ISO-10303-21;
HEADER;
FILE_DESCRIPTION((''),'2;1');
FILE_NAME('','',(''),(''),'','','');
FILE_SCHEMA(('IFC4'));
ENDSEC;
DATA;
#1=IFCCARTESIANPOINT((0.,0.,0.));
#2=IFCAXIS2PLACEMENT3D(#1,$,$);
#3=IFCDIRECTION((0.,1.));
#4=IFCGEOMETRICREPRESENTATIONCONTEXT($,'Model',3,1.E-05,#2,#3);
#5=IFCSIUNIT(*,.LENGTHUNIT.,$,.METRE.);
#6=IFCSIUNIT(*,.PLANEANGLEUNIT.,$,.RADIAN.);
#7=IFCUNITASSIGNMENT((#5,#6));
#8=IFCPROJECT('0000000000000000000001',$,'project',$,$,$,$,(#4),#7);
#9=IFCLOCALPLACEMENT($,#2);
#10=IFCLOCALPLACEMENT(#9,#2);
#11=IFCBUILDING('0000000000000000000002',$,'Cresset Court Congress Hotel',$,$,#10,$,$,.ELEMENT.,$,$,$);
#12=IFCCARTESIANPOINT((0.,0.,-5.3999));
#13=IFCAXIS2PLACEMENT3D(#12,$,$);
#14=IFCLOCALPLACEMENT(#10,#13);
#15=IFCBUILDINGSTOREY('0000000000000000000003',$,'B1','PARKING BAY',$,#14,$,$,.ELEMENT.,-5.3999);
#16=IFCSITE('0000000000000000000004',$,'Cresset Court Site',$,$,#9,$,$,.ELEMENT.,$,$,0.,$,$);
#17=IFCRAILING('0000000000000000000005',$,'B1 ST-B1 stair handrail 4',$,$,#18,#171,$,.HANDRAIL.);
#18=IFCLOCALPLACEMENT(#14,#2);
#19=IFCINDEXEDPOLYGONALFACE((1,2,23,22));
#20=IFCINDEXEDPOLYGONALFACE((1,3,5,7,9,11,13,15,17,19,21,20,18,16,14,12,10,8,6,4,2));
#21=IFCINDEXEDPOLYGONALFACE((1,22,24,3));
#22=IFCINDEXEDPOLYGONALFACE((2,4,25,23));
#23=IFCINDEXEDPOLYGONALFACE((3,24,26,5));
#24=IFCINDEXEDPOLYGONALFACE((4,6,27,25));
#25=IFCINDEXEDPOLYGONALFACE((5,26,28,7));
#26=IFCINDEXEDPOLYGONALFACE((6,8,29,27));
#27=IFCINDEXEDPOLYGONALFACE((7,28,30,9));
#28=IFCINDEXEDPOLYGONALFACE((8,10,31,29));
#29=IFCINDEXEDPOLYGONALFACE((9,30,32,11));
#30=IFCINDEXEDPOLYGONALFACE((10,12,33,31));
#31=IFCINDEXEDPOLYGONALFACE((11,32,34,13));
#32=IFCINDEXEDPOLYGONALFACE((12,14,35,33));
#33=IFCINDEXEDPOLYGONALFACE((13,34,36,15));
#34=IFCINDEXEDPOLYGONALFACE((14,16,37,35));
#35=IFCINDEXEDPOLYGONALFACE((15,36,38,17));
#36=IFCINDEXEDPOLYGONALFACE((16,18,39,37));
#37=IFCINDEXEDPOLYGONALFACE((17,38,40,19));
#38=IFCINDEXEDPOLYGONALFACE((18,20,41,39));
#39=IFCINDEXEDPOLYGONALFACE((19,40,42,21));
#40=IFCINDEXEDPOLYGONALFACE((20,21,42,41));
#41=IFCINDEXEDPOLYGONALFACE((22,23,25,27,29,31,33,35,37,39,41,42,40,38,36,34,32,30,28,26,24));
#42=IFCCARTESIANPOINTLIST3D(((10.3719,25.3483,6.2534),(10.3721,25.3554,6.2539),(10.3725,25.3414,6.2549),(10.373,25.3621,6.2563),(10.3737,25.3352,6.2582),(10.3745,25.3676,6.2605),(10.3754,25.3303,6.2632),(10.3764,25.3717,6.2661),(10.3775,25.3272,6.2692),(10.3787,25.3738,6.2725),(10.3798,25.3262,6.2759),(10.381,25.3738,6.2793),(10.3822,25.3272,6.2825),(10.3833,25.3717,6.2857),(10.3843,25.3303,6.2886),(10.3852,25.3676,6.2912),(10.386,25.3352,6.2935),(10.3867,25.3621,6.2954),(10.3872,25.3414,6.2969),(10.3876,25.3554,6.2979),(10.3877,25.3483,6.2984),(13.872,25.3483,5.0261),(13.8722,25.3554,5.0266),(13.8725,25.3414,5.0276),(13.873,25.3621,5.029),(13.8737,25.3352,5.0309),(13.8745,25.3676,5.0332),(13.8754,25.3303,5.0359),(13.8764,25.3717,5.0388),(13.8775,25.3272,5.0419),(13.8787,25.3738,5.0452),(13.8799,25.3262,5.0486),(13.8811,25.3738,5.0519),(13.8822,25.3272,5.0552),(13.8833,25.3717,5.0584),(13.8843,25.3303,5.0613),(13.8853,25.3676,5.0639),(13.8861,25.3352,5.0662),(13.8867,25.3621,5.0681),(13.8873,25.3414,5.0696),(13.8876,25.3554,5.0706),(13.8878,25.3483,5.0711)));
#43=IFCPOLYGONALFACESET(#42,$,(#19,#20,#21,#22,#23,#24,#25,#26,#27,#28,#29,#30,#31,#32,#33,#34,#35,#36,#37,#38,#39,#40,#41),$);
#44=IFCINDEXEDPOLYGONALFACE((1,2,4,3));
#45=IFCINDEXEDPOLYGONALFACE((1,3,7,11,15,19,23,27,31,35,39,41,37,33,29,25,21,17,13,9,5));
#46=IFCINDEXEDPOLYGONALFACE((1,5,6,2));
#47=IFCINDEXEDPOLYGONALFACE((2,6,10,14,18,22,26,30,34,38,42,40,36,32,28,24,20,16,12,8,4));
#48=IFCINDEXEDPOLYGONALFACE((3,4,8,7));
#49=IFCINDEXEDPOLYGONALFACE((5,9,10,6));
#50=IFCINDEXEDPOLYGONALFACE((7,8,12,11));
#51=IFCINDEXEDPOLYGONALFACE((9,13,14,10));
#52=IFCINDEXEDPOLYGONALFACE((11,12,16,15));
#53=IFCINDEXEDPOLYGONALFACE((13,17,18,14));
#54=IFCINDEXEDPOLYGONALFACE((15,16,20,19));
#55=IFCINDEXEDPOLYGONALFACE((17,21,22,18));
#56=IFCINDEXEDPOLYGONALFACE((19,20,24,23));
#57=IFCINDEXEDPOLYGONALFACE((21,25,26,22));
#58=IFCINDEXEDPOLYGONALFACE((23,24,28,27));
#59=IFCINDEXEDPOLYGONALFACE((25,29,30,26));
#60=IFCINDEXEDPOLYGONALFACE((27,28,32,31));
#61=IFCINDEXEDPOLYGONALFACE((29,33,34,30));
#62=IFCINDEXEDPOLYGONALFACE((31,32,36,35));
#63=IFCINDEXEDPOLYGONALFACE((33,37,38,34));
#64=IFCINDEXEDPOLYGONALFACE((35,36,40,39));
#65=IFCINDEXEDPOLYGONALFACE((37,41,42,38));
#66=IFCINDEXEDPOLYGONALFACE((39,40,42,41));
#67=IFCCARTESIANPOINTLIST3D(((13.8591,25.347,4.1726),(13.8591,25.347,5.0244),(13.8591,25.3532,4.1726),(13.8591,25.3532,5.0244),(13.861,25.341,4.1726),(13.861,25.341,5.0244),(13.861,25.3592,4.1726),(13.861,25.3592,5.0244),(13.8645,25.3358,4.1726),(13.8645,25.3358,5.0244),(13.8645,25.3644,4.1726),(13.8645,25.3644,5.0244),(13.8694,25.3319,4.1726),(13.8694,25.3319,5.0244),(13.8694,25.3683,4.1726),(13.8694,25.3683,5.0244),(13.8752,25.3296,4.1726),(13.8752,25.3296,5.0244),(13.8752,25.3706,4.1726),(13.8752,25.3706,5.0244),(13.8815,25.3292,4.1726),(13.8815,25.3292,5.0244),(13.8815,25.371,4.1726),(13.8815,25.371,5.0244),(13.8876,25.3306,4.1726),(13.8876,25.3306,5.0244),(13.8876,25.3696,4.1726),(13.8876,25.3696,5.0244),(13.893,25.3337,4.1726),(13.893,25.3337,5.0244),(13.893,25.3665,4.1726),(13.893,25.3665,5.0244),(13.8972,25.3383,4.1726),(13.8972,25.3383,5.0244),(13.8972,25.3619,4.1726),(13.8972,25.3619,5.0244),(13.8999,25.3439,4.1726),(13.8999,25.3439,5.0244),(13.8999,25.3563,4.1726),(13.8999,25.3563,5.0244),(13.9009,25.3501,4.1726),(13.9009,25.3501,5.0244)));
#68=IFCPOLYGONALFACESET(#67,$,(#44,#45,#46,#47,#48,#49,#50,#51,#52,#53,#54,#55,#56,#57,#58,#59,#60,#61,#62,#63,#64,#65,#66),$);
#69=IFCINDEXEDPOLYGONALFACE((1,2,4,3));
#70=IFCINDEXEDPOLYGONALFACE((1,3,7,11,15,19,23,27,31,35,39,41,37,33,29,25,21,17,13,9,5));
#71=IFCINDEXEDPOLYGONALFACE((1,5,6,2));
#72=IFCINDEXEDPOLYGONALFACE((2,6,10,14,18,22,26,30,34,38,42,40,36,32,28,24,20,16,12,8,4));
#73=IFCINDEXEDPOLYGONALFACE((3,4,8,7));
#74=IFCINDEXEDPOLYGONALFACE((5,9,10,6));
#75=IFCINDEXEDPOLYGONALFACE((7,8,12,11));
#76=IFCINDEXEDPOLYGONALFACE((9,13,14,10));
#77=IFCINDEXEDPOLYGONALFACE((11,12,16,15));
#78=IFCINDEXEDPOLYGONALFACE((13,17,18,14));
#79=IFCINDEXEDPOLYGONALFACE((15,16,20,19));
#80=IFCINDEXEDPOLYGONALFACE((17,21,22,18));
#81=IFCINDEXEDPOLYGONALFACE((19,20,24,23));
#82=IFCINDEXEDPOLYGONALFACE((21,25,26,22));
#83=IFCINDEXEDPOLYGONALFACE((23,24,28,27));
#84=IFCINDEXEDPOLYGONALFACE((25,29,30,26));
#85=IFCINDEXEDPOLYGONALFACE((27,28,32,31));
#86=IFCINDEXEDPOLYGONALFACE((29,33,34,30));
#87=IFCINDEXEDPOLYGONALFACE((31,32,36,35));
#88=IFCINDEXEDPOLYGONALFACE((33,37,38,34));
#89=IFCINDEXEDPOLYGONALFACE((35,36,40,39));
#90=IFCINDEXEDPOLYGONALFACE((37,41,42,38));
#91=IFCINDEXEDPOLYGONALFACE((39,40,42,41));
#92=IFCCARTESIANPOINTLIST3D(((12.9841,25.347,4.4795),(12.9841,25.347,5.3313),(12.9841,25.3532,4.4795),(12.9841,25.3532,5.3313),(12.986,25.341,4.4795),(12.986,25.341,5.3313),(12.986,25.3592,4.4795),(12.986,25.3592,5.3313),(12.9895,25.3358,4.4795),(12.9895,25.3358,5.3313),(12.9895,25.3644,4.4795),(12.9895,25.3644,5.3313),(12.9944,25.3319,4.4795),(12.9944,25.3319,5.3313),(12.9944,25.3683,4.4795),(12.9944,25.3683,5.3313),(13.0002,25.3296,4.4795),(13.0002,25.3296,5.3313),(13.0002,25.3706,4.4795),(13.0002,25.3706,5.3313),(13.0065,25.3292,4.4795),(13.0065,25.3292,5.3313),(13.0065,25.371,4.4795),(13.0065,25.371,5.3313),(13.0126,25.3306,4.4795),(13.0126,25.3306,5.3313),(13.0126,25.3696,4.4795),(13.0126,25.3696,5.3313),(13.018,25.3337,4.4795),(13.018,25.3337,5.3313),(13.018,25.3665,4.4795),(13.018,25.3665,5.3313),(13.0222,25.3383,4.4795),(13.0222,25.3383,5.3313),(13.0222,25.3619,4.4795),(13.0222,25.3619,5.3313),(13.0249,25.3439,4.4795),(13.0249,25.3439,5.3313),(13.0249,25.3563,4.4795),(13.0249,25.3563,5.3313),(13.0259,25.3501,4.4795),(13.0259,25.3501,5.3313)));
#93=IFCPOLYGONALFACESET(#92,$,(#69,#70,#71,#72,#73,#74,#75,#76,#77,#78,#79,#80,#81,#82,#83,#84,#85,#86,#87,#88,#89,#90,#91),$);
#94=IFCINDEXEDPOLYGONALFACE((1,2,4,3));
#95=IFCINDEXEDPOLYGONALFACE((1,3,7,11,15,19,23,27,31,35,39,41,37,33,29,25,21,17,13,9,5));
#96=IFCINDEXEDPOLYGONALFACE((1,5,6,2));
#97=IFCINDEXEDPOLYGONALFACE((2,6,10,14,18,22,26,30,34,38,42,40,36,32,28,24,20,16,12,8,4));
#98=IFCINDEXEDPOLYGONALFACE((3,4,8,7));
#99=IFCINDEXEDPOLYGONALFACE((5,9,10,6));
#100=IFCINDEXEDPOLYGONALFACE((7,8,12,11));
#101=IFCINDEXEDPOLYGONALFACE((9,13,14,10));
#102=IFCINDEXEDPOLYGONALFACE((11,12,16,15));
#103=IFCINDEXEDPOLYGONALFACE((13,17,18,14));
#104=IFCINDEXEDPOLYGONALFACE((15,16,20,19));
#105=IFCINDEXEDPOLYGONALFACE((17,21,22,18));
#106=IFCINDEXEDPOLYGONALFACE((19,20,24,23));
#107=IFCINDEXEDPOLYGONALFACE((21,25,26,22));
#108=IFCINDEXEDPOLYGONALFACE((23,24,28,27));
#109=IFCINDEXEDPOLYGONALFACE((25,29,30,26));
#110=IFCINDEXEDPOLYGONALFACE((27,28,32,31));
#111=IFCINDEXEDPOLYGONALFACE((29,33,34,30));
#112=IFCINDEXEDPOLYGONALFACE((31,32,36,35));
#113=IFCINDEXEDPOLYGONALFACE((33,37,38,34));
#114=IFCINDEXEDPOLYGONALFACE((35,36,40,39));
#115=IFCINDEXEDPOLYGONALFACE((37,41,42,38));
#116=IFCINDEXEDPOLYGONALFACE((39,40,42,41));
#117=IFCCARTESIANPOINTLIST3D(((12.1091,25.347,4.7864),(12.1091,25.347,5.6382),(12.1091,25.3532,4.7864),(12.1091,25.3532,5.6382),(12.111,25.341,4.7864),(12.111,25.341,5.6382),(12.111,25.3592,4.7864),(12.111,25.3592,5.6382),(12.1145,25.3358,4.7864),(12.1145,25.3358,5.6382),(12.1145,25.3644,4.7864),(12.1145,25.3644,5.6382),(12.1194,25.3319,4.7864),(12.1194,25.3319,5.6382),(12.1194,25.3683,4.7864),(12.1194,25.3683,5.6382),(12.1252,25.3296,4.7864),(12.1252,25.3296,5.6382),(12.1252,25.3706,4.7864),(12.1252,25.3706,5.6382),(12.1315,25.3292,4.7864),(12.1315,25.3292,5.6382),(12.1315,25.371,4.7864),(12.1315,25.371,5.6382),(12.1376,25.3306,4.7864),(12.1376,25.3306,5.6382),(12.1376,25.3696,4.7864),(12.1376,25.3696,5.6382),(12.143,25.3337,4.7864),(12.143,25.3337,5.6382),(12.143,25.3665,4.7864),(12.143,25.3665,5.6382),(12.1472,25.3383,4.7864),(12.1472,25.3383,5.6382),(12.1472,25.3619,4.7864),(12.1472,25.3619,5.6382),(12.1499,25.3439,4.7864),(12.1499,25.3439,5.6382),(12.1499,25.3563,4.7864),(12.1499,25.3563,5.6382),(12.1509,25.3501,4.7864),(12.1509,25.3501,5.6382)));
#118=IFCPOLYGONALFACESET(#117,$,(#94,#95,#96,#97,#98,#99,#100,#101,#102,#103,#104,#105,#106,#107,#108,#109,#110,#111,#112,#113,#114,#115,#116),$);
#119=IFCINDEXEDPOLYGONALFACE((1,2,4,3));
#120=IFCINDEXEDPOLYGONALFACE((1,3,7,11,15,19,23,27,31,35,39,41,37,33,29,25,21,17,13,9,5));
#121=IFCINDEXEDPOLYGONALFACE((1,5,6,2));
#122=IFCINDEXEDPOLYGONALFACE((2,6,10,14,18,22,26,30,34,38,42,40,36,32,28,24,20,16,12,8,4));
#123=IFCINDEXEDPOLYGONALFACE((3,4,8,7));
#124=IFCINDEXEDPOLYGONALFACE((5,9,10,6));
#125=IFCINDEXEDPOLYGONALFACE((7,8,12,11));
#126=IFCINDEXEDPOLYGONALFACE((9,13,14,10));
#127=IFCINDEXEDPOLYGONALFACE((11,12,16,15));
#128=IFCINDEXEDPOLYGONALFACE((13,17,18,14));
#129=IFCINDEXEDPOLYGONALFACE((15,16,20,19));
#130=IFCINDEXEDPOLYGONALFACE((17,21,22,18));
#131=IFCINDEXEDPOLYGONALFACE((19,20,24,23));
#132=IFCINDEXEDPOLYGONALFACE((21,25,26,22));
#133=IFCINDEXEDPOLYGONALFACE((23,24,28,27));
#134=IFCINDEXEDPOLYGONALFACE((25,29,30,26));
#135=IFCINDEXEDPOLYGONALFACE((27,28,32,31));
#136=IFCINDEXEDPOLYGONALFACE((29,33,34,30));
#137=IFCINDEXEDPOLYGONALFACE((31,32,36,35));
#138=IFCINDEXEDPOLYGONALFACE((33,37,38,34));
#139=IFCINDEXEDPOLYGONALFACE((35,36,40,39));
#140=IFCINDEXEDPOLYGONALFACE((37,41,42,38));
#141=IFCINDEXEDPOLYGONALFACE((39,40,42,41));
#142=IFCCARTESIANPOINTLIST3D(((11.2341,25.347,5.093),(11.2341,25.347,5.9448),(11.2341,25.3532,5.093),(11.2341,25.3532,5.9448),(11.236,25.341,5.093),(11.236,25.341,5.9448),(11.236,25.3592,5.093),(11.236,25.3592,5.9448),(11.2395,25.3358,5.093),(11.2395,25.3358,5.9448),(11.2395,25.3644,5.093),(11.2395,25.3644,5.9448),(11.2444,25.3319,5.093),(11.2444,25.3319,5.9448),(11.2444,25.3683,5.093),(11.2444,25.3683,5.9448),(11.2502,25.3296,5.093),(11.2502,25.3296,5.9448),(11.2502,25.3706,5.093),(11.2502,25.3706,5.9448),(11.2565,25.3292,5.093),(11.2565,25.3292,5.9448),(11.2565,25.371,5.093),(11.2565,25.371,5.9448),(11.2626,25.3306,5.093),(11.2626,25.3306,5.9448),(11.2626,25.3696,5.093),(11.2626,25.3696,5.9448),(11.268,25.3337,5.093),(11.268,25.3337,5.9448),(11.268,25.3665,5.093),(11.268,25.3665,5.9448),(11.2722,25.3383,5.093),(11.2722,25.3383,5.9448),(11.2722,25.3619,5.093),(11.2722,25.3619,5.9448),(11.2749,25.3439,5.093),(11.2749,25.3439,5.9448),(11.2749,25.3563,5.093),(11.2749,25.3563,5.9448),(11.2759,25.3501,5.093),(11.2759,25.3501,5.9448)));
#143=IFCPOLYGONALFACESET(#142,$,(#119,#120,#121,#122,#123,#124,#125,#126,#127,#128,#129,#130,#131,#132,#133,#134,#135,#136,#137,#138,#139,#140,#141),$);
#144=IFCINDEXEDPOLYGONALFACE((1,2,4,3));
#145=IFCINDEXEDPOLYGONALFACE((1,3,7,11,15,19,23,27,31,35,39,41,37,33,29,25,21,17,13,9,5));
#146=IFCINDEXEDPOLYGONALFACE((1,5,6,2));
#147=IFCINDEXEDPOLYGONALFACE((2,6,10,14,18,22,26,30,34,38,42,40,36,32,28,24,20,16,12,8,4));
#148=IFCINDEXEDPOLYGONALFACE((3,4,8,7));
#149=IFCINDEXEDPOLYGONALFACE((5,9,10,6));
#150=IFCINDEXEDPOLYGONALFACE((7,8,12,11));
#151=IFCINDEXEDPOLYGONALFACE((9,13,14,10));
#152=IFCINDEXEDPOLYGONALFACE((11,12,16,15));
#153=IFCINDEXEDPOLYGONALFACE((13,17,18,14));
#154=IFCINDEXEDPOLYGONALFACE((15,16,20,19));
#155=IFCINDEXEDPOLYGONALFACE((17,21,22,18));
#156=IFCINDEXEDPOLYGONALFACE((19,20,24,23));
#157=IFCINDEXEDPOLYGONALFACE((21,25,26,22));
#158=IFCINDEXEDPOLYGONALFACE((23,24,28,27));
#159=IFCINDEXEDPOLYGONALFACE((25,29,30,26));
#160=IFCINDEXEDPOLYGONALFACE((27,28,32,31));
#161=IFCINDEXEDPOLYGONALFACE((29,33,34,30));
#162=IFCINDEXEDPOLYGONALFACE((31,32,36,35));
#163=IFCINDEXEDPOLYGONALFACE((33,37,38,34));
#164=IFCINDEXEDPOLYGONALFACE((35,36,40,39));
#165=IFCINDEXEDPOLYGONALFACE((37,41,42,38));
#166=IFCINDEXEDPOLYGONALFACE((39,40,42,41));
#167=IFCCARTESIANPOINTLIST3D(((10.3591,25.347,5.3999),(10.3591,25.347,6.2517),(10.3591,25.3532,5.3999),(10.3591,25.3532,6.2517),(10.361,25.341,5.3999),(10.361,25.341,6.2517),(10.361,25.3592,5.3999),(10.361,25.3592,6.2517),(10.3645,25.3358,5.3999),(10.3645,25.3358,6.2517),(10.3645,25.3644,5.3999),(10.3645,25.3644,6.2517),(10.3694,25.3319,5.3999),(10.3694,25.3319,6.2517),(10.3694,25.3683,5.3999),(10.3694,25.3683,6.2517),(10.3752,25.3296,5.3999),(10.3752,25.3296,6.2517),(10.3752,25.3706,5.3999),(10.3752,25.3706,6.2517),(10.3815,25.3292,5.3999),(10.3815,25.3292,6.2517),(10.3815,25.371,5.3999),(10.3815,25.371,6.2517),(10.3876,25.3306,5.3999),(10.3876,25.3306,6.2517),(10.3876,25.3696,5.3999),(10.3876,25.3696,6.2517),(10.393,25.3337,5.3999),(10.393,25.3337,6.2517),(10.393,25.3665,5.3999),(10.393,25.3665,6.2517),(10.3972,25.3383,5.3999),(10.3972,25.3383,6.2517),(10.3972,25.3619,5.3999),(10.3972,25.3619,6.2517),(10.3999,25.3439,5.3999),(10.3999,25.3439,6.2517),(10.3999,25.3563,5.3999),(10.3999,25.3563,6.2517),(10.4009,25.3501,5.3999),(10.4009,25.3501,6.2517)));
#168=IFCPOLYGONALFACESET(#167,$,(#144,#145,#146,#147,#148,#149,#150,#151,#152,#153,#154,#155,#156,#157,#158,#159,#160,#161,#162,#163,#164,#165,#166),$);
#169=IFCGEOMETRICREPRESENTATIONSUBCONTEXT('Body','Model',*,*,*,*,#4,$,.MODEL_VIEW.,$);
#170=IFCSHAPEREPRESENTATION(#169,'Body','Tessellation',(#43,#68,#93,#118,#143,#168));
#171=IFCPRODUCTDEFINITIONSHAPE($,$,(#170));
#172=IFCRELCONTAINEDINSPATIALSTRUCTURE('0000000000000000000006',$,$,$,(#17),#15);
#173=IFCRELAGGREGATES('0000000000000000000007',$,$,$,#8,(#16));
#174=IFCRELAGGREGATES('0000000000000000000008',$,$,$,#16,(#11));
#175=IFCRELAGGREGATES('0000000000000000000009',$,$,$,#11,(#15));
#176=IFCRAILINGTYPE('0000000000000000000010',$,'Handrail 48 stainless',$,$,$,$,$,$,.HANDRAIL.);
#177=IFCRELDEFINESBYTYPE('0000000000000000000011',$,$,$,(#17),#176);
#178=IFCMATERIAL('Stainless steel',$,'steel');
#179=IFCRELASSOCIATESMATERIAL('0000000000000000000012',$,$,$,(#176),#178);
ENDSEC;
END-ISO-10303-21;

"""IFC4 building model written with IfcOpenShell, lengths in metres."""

from ifc_helpers import new_model, si_unit, direction, frame, origin, origin_2d, place, context, subcontext, project, spatial, circle, extrude, material, type_object, element, save


model = new_model("IFC4")

# Units and contexts
model_context = context("Model", 3, precision=1e-05, world=origin(), true_north=direction((0.0, 1.0)))
body_context = subcontext(model_context, "Body", "Model", "MODEL_VIEW")
ifc_project = project(units=[si_unit("LENGTHUNIT", "METRE"), si_unit("PLANEANGLEUNIT", "RADIAN")], contexts=[model_context])

# Site, building, storey
site_placement = place(None, origin())
site = spatial("IfcSite", under=ifc_project, at=site_placement, Name="Cresset Court Site", CompositionType="ELEMENT", RefElevation=0.0)
building_placement = place(site_placement, origin())
building = spatial("IfcBuilding", under=site, at=building_placement, Name="Cresset Court Congress Hotel", CompositionType="ELEMENT")
storey_placement = place(building_placement, frame((0.0, 0.0, -5.3999)))
storey = spatial("IfcBuildingStorey", under=building, at=storey_placement, Name="B1", Description="PARKING BAY", CompositionType="ELEMENT", Elevation=-5.3999)

# Railing
ifc_material_1 = material(Name="Stainless steel", Category="steel")
railing_type_1 = type_object("IfcRailingType", Name="Handrail 48 stainless", PredefinedType="HANDRAIL", material=ifc_material_1)
for number, where, name in (
    (1, (13.8799, 25.3501, 4.1726), "B1 ST-B1 stair handrail 4"),
):
    element("IfcRailing", number, at=place(storey_placement, frame(where)), inside=storey, type_object=railing_type_1, Name=name, PredefinedType="HANDRAIL", context=body_context, shape_type="SweptSolid", body=[
        extrude(circle(Radius=0.0239, at=origin_2d()), frame((0.0, 0.0, 0.876), z_axis=(-0.943665, 0.0, 0.330902), x_axis=(0.0, -1.0, 0.0)), (0.0, 0.0, 1.0), 3.709),
        extrude(circle(Radius=0.021, at=origin_2d()), origin(), (0.0, 0.0, 1.0), 0.8518),
        extrude(circle(Radius=0.021, at=origin_2d()), frame((-0.875, 0.0, 0.3069)), (0.0, 0.0, 1.0), 0.8518),
        extrude(circle(Radius=0.021, at=origin_2d()), frame((-1.75, 0.0, 0.6138)), (0.0, 0.0, 1.0), 0.8518),
        extrude(circle(Radius=0.021, at=origin_2d()), frame((-2.625, 0.0, 0.9204)), (0.0, 0.0, 1.0), 0.8518),
        extrude(circle(Radius=0.021, at=origin_2d()), frame((-3.5, 0.0, 1.2273)), (0.0, 0.0, 1.0), 0.8518),
    ])

save(model, "model.ifc")
